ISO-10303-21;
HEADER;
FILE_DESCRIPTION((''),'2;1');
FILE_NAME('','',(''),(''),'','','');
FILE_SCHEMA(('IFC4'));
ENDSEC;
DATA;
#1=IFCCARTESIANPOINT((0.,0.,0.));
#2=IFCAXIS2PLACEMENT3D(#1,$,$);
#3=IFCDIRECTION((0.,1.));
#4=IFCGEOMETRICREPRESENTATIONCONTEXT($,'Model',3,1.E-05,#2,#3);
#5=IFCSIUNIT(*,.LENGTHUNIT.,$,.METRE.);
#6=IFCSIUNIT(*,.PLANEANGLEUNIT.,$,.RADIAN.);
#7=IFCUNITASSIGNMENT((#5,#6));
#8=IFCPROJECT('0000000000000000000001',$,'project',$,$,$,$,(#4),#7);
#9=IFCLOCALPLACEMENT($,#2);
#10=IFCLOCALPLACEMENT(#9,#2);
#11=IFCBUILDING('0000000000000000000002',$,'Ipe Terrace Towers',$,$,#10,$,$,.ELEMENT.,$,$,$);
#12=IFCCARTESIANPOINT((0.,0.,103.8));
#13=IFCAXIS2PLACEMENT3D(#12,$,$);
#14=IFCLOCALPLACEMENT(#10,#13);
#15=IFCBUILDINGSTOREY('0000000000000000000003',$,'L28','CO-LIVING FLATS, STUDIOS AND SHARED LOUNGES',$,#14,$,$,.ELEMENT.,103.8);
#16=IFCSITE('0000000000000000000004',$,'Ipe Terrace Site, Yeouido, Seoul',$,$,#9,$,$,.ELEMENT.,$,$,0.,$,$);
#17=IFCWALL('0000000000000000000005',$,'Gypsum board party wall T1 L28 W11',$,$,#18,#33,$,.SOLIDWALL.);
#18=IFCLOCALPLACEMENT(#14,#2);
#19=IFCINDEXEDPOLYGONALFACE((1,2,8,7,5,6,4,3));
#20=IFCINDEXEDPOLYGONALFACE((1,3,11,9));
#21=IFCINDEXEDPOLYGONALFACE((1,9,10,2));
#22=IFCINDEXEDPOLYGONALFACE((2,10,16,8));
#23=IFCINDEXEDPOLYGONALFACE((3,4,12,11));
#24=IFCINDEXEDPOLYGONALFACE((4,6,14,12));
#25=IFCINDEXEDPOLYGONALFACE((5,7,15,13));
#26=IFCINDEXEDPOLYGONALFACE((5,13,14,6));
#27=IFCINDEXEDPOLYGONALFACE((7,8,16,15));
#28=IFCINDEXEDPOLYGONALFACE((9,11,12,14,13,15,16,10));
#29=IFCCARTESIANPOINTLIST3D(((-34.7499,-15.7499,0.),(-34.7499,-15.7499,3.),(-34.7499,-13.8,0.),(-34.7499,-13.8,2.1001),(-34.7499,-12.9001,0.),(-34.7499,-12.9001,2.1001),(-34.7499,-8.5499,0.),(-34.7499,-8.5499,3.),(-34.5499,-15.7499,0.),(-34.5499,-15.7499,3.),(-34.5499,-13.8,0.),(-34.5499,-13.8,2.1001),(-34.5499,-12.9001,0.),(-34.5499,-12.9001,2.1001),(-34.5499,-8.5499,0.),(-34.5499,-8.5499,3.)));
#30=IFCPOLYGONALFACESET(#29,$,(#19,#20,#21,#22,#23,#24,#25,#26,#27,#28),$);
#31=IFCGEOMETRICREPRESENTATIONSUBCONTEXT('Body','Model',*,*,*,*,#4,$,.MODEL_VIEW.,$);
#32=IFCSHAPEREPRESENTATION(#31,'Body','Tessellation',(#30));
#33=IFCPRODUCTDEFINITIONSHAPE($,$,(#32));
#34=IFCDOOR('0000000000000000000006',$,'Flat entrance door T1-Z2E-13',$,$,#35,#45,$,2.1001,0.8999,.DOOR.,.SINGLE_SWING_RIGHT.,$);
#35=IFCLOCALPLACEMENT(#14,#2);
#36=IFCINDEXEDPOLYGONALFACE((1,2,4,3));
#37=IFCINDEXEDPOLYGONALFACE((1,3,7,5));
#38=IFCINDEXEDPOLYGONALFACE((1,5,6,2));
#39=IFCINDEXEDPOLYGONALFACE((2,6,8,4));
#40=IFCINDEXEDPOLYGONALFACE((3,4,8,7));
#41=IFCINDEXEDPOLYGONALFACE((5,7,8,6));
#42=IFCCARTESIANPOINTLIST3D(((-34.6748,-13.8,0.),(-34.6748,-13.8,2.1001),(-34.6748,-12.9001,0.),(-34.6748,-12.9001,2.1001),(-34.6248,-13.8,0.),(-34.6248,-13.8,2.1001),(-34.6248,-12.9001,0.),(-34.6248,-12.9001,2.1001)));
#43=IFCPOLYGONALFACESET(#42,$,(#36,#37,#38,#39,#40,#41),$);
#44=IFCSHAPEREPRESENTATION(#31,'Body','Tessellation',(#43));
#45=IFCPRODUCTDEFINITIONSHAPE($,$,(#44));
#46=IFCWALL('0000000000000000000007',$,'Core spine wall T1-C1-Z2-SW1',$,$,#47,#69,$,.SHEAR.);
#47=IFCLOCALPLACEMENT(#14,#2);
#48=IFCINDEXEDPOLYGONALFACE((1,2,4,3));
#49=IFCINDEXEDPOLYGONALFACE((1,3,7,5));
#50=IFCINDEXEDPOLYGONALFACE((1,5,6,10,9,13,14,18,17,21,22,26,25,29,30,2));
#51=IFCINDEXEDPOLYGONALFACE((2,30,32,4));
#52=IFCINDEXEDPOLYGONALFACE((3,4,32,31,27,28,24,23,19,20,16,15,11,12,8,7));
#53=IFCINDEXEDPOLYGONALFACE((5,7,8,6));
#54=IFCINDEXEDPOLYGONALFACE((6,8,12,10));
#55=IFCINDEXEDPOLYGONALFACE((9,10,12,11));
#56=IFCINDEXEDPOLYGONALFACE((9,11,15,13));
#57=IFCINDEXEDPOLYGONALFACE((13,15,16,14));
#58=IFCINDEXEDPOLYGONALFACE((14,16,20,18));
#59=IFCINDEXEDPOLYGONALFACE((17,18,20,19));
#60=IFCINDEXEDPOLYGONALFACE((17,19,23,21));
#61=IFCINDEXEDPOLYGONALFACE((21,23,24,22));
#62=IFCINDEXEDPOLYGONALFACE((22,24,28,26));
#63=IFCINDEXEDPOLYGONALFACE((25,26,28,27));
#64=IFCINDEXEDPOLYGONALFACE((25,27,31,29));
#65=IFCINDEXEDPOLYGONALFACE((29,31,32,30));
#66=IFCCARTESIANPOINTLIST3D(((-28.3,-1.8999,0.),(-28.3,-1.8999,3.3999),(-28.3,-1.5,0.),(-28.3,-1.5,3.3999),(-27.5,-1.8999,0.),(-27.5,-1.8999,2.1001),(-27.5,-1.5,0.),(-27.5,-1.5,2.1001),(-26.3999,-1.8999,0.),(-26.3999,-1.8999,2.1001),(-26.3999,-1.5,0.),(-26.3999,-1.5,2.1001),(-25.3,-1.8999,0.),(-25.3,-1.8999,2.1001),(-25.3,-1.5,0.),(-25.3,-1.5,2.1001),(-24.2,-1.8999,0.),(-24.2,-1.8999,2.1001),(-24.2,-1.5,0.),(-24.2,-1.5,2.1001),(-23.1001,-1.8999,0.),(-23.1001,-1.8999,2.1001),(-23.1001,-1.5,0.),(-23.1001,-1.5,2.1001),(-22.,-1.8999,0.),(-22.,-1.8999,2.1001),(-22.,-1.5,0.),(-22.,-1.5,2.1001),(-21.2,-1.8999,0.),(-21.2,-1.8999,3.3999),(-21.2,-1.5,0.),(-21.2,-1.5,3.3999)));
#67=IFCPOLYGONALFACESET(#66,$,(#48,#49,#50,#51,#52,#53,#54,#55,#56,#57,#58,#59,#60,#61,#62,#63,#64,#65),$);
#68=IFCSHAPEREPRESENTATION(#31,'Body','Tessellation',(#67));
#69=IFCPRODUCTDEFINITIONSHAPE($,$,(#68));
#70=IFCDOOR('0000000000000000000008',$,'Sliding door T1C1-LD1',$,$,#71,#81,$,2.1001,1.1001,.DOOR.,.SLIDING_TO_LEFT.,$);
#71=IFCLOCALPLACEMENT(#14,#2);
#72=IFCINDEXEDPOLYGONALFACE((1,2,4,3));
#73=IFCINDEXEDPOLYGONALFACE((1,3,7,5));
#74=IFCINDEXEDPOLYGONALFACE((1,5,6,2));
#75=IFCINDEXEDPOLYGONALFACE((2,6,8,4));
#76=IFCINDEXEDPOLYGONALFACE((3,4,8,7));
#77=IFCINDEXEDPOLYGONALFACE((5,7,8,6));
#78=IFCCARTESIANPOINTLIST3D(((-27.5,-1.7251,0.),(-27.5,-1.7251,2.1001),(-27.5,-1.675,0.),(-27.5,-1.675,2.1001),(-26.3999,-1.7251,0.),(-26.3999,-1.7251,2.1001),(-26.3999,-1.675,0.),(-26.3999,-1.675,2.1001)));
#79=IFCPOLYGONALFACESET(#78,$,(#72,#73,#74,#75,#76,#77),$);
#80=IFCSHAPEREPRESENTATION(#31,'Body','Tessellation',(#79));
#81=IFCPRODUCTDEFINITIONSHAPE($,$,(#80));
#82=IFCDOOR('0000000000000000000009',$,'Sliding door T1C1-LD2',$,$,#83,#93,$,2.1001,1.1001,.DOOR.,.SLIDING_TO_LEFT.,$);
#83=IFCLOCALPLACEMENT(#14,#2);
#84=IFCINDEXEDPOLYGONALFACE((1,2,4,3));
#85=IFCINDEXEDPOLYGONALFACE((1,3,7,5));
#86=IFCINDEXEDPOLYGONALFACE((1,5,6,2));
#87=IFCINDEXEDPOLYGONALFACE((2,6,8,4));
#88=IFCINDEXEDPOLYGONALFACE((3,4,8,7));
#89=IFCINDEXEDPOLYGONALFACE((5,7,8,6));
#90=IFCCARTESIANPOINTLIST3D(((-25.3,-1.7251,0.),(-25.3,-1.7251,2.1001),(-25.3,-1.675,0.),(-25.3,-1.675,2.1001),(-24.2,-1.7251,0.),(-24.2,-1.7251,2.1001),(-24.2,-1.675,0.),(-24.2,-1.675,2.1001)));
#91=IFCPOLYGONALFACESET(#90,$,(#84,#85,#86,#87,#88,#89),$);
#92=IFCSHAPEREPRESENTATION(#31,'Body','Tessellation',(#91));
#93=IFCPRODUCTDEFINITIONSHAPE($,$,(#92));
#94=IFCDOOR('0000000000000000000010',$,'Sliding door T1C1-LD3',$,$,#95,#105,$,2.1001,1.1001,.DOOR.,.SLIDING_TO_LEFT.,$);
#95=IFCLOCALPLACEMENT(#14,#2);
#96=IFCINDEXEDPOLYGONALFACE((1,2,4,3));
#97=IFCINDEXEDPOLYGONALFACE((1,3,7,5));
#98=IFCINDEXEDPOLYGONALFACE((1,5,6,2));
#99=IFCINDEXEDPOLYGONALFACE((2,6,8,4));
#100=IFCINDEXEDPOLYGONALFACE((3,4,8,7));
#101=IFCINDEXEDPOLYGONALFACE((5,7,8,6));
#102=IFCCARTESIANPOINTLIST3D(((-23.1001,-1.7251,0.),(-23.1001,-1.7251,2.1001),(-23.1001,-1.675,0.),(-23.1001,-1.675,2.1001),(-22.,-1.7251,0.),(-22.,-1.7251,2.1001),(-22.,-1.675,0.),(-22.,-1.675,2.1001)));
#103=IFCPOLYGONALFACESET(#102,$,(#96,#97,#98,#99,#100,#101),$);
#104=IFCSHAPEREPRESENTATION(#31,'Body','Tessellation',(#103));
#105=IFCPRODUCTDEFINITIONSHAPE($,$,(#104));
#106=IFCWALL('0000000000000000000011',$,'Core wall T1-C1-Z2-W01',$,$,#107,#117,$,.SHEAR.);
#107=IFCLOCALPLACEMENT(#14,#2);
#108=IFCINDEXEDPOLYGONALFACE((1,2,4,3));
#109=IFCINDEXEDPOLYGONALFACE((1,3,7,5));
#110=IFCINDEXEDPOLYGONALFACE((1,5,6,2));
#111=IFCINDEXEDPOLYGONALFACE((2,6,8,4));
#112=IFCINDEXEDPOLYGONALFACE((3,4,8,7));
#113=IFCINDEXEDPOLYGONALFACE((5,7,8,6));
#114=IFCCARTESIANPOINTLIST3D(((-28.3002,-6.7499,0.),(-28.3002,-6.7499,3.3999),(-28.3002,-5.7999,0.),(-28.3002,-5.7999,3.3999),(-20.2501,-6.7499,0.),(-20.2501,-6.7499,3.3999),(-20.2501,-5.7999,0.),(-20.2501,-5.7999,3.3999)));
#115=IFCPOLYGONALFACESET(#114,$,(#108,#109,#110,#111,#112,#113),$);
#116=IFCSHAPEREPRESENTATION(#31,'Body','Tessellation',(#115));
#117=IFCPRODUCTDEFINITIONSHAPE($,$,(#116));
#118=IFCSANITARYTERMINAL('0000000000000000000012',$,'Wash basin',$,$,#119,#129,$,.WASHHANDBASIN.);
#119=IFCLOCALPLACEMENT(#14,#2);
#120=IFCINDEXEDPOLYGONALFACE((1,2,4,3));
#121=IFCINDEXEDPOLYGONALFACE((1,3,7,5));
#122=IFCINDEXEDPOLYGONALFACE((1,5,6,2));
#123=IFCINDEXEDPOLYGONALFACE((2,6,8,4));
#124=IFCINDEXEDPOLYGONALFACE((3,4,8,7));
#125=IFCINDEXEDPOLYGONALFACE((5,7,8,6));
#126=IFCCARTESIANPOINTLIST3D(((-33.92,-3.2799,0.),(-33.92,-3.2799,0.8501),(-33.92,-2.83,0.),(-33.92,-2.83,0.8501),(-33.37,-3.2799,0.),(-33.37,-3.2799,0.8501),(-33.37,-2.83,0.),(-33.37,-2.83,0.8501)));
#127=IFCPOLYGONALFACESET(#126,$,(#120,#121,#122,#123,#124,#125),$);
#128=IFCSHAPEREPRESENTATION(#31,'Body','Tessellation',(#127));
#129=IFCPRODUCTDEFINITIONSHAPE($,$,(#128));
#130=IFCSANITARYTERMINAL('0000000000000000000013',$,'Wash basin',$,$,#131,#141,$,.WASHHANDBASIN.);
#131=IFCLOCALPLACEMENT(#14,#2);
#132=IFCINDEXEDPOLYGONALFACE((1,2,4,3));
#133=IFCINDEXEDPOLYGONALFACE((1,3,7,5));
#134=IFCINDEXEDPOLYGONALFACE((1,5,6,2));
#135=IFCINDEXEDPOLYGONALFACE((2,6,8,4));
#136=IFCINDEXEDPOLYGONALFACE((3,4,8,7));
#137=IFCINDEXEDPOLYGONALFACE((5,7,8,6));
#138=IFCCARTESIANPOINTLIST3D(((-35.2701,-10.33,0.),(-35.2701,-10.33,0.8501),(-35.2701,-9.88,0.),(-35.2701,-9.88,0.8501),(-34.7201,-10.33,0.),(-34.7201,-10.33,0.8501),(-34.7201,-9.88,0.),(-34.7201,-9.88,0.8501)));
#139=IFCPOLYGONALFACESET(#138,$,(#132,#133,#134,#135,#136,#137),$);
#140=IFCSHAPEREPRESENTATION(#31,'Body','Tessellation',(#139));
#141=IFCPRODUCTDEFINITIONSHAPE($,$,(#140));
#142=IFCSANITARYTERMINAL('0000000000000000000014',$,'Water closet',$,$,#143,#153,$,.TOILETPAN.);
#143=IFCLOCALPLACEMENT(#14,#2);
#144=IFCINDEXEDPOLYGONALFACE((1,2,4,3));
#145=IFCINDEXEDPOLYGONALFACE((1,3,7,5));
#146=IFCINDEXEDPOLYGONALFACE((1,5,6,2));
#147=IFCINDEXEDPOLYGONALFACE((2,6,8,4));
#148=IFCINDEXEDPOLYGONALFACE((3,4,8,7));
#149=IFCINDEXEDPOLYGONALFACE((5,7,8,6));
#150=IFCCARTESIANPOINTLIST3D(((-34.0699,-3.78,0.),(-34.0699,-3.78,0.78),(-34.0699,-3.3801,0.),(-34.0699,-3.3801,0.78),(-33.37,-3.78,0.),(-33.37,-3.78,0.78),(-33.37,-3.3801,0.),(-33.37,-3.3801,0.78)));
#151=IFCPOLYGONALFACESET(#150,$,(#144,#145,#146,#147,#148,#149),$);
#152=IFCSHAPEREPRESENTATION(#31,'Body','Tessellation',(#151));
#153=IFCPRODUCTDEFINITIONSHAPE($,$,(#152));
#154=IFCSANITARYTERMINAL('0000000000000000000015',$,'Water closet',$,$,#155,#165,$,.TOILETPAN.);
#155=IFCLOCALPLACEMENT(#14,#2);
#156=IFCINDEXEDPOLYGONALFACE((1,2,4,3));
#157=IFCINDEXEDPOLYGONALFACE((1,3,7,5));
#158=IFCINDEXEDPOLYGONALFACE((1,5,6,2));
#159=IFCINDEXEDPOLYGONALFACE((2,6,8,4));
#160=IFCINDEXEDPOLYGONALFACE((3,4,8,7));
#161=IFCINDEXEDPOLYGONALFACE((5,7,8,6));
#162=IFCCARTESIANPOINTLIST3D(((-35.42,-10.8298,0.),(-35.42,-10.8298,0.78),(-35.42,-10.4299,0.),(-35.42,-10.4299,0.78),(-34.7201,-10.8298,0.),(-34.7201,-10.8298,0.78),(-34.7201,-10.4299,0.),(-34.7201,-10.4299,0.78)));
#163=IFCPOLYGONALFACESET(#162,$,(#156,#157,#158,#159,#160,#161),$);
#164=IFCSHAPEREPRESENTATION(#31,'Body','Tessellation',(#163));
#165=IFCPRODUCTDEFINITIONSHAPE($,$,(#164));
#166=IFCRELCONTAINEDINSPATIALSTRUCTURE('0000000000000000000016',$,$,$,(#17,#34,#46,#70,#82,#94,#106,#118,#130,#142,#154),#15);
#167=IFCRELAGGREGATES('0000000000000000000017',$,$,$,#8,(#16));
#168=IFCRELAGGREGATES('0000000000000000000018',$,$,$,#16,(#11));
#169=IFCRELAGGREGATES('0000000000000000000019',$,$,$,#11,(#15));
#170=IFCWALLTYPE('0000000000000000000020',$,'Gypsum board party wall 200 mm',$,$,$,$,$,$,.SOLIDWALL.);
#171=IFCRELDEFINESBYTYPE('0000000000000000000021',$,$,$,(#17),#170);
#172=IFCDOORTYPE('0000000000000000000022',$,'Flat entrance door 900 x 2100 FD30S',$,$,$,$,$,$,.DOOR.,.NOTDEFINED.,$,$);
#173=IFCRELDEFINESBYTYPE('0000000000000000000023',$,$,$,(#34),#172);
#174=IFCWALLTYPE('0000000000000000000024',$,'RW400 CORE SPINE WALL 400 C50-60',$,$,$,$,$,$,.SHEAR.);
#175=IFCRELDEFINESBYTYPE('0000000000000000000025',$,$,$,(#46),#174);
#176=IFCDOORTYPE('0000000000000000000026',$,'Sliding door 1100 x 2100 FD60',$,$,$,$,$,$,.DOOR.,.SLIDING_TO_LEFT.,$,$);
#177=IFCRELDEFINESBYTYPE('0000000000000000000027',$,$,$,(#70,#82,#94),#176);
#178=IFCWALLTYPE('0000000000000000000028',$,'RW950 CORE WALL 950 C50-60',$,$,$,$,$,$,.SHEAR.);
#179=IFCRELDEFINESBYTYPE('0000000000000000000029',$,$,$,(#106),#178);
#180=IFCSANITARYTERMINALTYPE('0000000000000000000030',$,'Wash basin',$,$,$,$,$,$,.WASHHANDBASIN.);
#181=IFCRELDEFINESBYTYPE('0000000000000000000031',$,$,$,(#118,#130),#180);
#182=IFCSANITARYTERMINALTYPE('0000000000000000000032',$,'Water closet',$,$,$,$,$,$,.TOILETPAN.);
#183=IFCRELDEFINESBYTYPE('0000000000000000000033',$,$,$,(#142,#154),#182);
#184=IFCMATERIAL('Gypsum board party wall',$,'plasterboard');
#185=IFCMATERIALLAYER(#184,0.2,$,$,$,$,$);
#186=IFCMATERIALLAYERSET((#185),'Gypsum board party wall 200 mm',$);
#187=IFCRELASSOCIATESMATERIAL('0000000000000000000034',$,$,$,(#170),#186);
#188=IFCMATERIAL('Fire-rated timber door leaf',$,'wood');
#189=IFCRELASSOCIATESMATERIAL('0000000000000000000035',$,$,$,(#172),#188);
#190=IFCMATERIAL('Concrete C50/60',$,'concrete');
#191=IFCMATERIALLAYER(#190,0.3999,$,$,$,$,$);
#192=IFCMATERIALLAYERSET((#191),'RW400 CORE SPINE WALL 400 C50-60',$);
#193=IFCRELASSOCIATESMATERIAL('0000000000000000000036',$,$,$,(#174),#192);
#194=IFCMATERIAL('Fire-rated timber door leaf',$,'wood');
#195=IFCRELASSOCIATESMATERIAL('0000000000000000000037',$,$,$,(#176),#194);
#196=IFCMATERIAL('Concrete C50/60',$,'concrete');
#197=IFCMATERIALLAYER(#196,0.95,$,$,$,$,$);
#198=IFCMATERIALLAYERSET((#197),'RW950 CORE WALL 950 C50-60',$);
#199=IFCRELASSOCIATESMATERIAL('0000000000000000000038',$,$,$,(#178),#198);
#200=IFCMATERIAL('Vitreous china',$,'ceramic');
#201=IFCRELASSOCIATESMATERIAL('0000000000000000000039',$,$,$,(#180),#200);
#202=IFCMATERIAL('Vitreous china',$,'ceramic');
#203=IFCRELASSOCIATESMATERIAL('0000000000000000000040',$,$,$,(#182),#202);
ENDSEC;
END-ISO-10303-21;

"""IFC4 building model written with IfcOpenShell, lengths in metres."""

from ifc_helpers import new_model, si_unit, direction, frame, frame_2d, origin, origin_2d, place, context, subcontext, project, spatial, rectangle, extrude, material, layer, layer_set, type_object, element, fill, save


model = new_model("IFC4")

# Units and contexts
model_context = context("Model", 3, precision=1e-05, world=origin(), true_north=direction((0.0, 1.0)))
body_context = subcontext(model_context, "Body", "Model", "MODEL_VIEW")
ifc_project = project(units=[si_unit("LENGTHUNIT", "METRE"), si_unit("PLANEANGLEUNIT", "RADIAN")], contexts=[model_context])

# Site, building, storey
site_placement = place(None, origin())
site = spatial("IfcSite", under=ifc_project, at=site_placement, Name="Ipe Terrace Site, Yeouido, Seoul", CompositionType="ELEMENT", RefElevation=0.0)
building_placement = place(site_placement, origin())
building = spatial("IfcBuilding", under=site, at=building_placement, Name="Ipe Terrace Towers", CompositionType="ELEMENT")
storey_placement = place(building_placement, frame((0.0, 0.0, 103.8)))
storey = spatial("IfcBuildingStorey", under=building, at=storey_placement, Name="L28", Description="CO-LIVING FLATS, STUDIOS AND SHARED LOUNGES", CompositionType="ELEMENT", Elevation=103.8)

# Shared definitions
ifc_material_1 = material(Name="Gypsum board party wall", Category="plasterboard")
ifc_layer_1 = layer(ifc_material_1, 0.2)
ifc_layer_set_1 = layer_set([ifc_layer_1], Name="Gypsum board party wall 200 mm")
wall_type_1 = type_object("IfcWallType", Name="Gypsum board party wall 200 mm", PredefinedType="SOLIDWALL", material=ifc_layer_set_1)

# Wall, opening, door
wall_1_placement = place(storey_placement, frame((-34.6499, -15.75, 0.0), z_axis=(0.0, 0.0, 1.0), x_axis=(0.0, 1.0, 0.0)))
wall_1 = element("IfcWall", 1, at=wall_1_placement, inside=storey, type_object=wall_type_1, Name="Gypsum board party wall T1 L28 W11", PredefinedType="SOLIDWALL", context=body_context, shape_type="SweptSolid", body=[
    extrude(rectangle(XDim=7.2, YDim=0.2, at=frame_2d((3.6001, 0.0))), origin(), (0.0, 0.0, 1.0), 3.0),
])
opening_1_placement = place(wall_1_placement, frame((1.95, 0.0, 0.0)))
opening_1 = element("IfcOpeningElement", 2, at=opening_1_placement, cuts=wall_1, PredefinedType="OPENING", context=body_context, shape_type="SweptSolid", body=[
    extrude(rectangle(XDim=0.8999, YDim=2.1001, at=frame_2d((0.45, 1.05))), frame((0.0, 0.1099, 0.0), z_axis=(0.0, -1.0, 0.0), x_axis=(1.0, 0.0, 0.0)), (0.0, 0.0, 1.0), 0.22),
])
ifc_material_2 = material(Name="Fire-rated timber door leaf", Category="wood")
door_type_1 = type_object("IfcDoorType", Name="Flat entrance door 900 x 2100 FD30S", OperationType="NOTDEFINED", PredefinedType="DOOR", material=ifc_material_2)
door_1_placement = place(opening_1_placement, origin())
door_1 = element("IfcDoor", 3, at=door_1_placement, inside=storey, type_object=door_type_1, Name="Flat entrance door T1-Z2E-13", OperationType="SINGLE_SWING_RIGHT", OverallHeight=2.1001, OverallWidth=0.8999, PredefinedType="DOOR", context=body_context, shape_type="SweptSolid", body=[
    extrude(rectangle(XDim=0.8999, YDim=2.1001, at=frame_2d((0.45, 1.05))), frame((0.0, 0.0249, 0.0), z_axis=(0.0, -1.0, 0.0), x_axis=(1.0, 0.0, 0.0)), (0.0, 0.0, 1.0), 0.05),
])
fill(opening_1, door_1)

# Wall, openings, doors
ifc_material_3 = material(Name="Concrete C50/60", Category="concrete")
ifc_layer_2 = layer(ifc_material_3, 0.3999)
ifc_layer_set_2 = layer_set([ifc_layer_2], Name="RW400 CORE SPINE WALL 400 C50-60")
wall_type_2 = type_object("IfcWallType", Name="RW400 CORE SPINE WALL 400 C50-60", PredefinedType="SHEAR", material=ifc_layer_set_2)
wall_2_placement = place(storey_placement, frame((-28.3, -1.7, 0.0), z_axis=(0.0, 0.0, 1.0), x_axis=(1.0, 0.0, 0.0)))
wall_2 = element("IfcWall", 4, at=wall_2_placement, inside=storey, type_object=wall_type_2, Name="Core spine wall T1-C1-Z2-SW1", PredefinedType="SHEAR", context=body_context, shape_type="SweptSolid", body=[
    extrude(rectangle(XDim=7.1001, YDim=0.3999, at=frame_2d((3.55, 0.0))), origin(), (0.0, 0.0, 1.0), 3.3999),
])
opening_2_placement = place(wall_2_placement, frame((0.8, 0.0, 0.0)))
opening_2 = element("IfcOpeningElement", 5, at=opening_2_placement, cuts=wall_2, PredefinedType="OPENING", context=body_context, shape_type="SweptSolid", body=[
    extrude(rectangle(XDim=1.1001, YDim=2.1001, at=frame_2d((0.55, 1.05))), frame((0.0, 0.21, 0.0), z_axis=(0.0, -1.0, 0.0), x_axis=(1.0, 0.0, 0.0)), (0.0, 0.0, 1.0), 0.4199),
])
opening_3_placement = place(wall_2_placement, frame((3.0, 0.0, 0.0)))
opening_3 = element("IfcOpeningElement", 6, at=opening_3_placement, cuts=wall_2, PredefinedType="OPENING", context=body_context, shape_type="SweptSolid", body=[
    extrude(rectangle(XDim=1.1001, YDim=2.1001, at=frame_2d((0.55, 1.05))), frame((0.0, 0.21, 0.0), z_axis=(0.0, -1.0, 0.0), x_axis=(1.0, 0.0, 0.0)), (0.0, 0.0, 1.0), 0.4199),
])
opening_4_placement = place(wall_2_placement, frame((5.2, 0.0, 0.0)))
opening_4 = element("IfcOpeningElement", 7, at=opening_4_placement, cuts=wall_2, PredefinedType="OPENING", context=body_context, shape_type="SweptSolid", body=[
    extrude(rectangle(XDim=1.1001, YDim=2.1001, at=frame_2d((0.55, 1.05))), frame((0.0, 0.21, 0.0), z_axis=(0.0, -1.0, 0.0), x_axis=(1.0, 0.0, 0.0)), (0.0, 0.0, 1.0), 0.4199),
])
ifc_material_4 = material(Name="Fire-rated timber door leaf", Category="wood")
door_type_2 = type_object("IfcDoorType", Name="Sliding door 1100 x 2100 FD60", OperationType="SLIDING_TO_LEFT", PredefinedType="DOOR", material=ifc_material_4)
door_2_placement = place(opening_2_placement, origin())
door_2 = element("IfcDoor", 8, at=door_2_placement, inside=storey, type_object=door_type_2, Name="Sliding door T1C1-LD1", OperationType="SLIDING_TO_LEFT", OverallHeight=2.1001, OverallWidth=1.1001, PredefinedType="DOOR", context=body_context, shape_type="SweptSolid", body=[
    extrude(rectangle(XDim=1.1001, YDim=2.1001, at=frame_2d((0.55, 1.05))), frame((0.0, 0.0249, 0.0), z_axis=(0.0, -1.0, 0.0), x_axis=(1.0, 0.0, 0.0)), (0.0, 0.0, 1.0), 0.05),
])
fill(opening_2, door_2)
door_3_placement = place(opening_3_placement, origin())
door_3 = element("IfcDoor", 9, at=door_3_placement, inside=storey, type_object=door_type_2, Name="Sliding door T1C1-LD2", OperationType="SLIDING_TO_LEFT", OverallHeight=2.1001, OverallWidth=1.1001, PredefinedType="DOOR", context=body_context, shape_type="SweptSolid", body=[
    extrude(rectangle(XDim=1.1001, YDim=2.1001, at=frame_2d((0.55, 1.05))), frame((0.0, 0.0249, 0.0), z_axis=(0.0, -1.0, 0.0), x_axis=(1.0, 0.0, 0.0)), (0.0, 0.0, 1.0), 0.05),
])
fill(opening_3, door_3)
door_4_placement = place(opening_4_placement, origin())
door_4 = element("IfcDoor", 10, at=door_4_placement, inside=storey, type_object=door_type_2, Name="Sliding door T1C1-LD3", OperationType="SLIDING_TO_LEFT", OverallHeight=2.1001, OverallWidth=1.1001, PredefinedType="DOOR", context=body_context, shape_type="SweptSolid", body=[
    extrude(rectangle(XDim=1.1001, YDim=2.1001, at=frame_2d((0.55, 1.05))), frame((0.0, 0.0249, 0.0), z_axis=(0.0, -1.0, 0.0), x_axis=(1.0, 0.0, 0.0)), (0.0, 0.0, 1.0), 0.05),
])
fill(opening_4, door_4)

# Wall
ifc_material_5 = material(Name="Concrete C50/60", Category="concrete")
ifc_layer_3 = layer(ifc_material_5, 0.95)
ifc_layer_set_3 = layer_set([ifc_layer_3], Name="RW950 CORE WALL 950 C50-60")
wall_type_3 = type_object("IfcWallType", Name="RW950 CORE WALL 950 C50-60", PredefinedType="SHEAR", material=ifc_layer_set_3)
wall_3_placement = place(storey_placement, frame((-28.3, -6.2749, 0.0), z_axis=(0.0, 0.0, 1.0), x_axis=(1.0, 0.0, 0.0)))
element("IfcWall", 11, at=wall_3_placement, inside=storey, type_object=wall_type_3, Name="Core wall T1-C1-Z2-W01", PredefinedType="SHEAR", context=body_context, shape_type="SweptSolid", body=[
    extrude(rectangle(XDim=8.05, YDim=0.95, at=frame_2d((4.0249, 0.0))), origin(), (0.0, 0.0, 1.0), 3.3999),
])

# Sanitary terminals
ifc_material_6 = material(Name="Vitreous china", Category="ceramic")
sanitary_terminal_type_1 = type_object("IfcSanitaryTerminalType", Name="Wash basin", PredefinedType="WASHHANDBASIN", material=ifc_material_6)
for number, where, z_axis, x_axis, name in (
    (12, (-33.645, -3.0549, 0.0), (0.0, 0.0, 1.0), (-1.0, 0.0, 0.0), "Wash basin"),
    (13, (-34.9951, -10.105, 0.0), (0.0, 0.0, 1.0), (-1.0, 0.0, 0.0), "Wash basin"),
):
    element("IfcSanitaryTerminal", number, at=place(storey_placement, frame(where, z_axis=z_axis, x_axis=x_axis)), inside=storey, type_object=sanitary_terminal_type_1, Name=name, PredefinedType="WASHHANDBASIN", context=body_context, shape_type="SweptSolid", body=[
        extrude(rectangle(XDim=0.55, YDim=0.45, at=origin_2d()), origin(), (0.0, 0.0, 1.0), 0.8501),
    ])
ifc_material_7 = material(Name="Vitreous china", Category="ceramic")
sanitary_terminal_type_2 = type_object("IfcSanitaryTerminalType", Name="Water closet", PredefinedType="TOILETPAN", material=ifc_material_7)
for number, where, z_axis, x_axis, name in (
    (14, (-33.72, -3.5801, 0.0), (0.0, 0.0, 1.0), (-1.0, 0.0, 0.0), "Water closet"),
    (15, (-35.0701, -10.6299, 0.0), (0.0, 0.0, 1.0), (-1.0, 0.0, 0.0), "Water closet"),
):
    element("IfcSanitaryTerminal", number, at=place(storey_placement, frame(where, z_axis=z_axis, x_axis=x_axis)), inside=storey, type_object=sanitary_terminal_type_2, Name=name, PredefinedType="TOILETPAN", context=body_context, shape_type="SweptSolid", body=[
        extrude(rectangle(XDim=0.7, YDim=0.3999, at=origin_2d()), origin(), (0.0, 0.0, 1.0), 0.78),
    ])

save(model, "model.ifc")
